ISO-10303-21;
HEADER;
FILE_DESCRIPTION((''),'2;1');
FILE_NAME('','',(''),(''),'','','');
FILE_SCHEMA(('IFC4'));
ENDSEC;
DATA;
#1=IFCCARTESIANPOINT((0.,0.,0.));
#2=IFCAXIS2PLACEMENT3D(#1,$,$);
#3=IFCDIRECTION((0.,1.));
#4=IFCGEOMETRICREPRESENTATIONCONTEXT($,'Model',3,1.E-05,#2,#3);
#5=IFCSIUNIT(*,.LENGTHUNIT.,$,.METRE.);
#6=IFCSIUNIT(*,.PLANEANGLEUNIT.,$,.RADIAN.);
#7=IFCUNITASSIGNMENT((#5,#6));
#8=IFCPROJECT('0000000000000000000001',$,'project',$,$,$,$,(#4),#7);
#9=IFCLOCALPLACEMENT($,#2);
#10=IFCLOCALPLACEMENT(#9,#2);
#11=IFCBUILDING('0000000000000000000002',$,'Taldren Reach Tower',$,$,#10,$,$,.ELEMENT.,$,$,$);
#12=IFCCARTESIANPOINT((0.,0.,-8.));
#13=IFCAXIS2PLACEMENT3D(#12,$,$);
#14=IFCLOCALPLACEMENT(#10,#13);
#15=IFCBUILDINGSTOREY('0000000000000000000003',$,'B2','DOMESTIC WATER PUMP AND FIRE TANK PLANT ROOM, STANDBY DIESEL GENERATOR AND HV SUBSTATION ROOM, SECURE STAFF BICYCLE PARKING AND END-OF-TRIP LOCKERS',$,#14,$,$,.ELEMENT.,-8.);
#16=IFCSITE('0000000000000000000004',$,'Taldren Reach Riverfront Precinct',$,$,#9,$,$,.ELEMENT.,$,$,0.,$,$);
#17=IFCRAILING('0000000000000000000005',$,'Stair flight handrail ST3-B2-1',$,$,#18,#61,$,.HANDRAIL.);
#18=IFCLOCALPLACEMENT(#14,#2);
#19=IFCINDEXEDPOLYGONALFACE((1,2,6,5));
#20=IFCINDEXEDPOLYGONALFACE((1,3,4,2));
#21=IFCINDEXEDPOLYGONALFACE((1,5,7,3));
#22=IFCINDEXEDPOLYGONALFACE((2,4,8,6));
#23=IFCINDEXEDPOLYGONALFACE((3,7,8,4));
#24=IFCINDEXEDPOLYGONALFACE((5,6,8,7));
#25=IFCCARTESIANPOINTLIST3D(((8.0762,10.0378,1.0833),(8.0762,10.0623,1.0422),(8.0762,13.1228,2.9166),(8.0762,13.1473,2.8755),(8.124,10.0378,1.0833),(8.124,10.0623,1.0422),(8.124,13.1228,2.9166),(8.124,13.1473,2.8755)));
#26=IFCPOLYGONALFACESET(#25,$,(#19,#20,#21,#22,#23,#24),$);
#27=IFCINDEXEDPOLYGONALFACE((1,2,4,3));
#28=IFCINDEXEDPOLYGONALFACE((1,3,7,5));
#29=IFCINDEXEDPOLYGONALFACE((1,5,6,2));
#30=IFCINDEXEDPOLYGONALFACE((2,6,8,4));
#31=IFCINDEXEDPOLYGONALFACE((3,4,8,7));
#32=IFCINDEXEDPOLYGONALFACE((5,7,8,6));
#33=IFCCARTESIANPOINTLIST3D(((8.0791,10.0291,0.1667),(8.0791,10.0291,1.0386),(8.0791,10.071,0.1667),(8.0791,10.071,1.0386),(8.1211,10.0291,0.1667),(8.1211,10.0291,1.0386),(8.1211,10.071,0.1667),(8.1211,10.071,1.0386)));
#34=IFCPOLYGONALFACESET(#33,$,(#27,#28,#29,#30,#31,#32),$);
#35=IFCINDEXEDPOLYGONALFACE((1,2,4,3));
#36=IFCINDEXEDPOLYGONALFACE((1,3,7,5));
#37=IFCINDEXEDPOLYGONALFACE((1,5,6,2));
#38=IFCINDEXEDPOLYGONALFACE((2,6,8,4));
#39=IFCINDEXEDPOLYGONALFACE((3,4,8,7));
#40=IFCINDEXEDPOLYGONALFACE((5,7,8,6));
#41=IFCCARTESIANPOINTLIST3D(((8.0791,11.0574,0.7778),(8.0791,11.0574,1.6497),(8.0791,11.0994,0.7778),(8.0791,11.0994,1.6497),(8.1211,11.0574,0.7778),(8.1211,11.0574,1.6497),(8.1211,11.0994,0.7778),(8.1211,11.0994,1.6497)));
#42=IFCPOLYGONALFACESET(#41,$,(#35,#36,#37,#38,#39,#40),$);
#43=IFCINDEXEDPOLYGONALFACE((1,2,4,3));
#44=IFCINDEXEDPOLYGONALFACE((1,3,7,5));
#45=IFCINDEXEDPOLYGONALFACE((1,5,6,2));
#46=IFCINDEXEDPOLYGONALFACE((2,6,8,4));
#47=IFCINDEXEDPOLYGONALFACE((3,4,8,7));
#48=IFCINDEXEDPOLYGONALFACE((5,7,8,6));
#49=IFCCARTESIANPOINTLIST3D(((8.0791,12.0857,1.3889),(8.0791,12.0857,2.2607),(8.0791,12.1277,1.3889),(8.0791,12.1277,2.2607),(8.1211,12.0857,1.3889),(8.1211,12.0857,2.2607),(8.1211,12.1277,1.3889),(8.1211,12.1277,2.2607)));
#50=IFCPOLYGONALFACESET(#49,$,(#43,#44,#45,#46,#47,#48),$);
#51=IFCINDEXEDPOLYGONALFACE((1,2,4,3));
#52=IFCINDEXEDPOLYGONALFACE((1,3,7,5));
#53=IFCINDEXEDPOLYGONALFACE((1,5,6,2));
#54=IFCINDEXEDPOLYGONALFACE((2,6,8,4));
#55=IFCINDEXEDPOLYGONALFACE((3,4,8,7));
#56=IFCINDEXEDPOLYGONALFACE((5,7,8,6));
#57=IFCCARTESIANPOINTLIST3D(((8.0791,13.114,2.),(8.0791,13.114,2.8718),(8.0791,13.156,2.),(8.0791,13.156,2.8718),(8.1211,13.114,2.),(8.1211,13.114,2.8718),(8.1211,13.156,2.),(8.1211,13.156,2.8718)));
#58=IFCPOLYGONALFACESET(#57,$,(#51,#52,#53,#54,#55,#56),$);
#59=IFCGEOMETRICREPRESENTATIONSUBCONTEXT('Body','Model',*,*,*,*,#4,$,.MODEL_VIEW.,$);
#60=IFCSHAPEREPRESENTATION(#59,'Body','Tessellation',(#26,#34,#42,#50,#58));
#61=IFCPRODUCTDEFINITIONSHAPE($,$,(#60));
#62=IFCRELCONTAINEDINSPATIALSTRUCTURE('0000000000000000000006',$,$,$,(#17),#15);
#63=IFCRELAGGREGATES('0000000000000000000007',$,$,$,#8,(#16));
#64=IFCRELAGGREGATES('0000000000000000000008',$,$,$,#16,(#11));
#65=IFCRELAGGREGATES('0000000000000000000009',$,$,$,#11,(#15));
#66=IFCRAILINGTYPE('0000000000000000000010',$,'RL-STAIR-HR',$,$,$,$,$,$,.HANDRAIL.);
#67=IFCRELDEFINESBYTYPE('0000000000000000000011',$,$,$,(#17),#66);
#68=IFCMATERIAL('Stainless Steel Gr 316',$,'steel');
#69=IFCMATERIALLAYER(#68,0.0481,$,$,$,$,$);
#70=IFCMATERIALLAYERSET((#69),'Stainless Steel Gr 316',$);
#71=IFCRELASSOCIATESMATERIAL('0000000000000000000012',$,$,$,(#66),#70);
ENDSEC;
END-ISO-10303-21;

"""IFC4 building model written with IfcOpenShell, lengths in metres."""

from ifc_helpers import new_model, si_unit, direction, frame, origin, origin_2d, place, context, subcontext, project, spatial, rectangle, extrude, material, layer, layer_set, type_object, element, save


model = new_model("IFC4")

# Units and contexts
model_context = context("Model", 3, precision=1e-05, world=origin(), true_north=direction((0.0, 1.0)))
body_context = subcontext(model_context, "Body", "Model", "MODEL_VIEW")
ifc_project = project(units=[si_unit("LENGTHUNIT", "METRE"), si_unit("PLANEANGLEUNIT", "RADIAN")], contexts=[model_context])

# Site, building, storey
site_placement = place(None, origin())
site = spatial("IfcSite", under=ifc_project, at=site_placement, Name="Taldren Reach Riverfront Precinct", CompositionType="ELEMENT", RefElevation=0.0)
building_placement = place(site_placement, origin())
building = spatial("IfcBuilding", under=site, at=building_placement, Name="Taldren Reach Tower", CompositionType="ELEMENT")
storey_placement = place(building_placement, frame((0.0, 0.0, -8.0)))
storey = spatial("IfcBuildingStorey", under=building, at=storey_placement, Name="B2", Description="DOMESTIC WATER PUMP AND FIRE TANK PLANT ROOM, STANDBY DIESEL GENERATOR AND HV SUBSTATION ROOM, SECURE STAFF BICYCLE PARKING AND END-OF-TRIP LOCKERS", CompositionType="ELEMENT", Elevation=-8.0)

# Railing
ifc_material_1 = material(Name="Stainless Steel Gr 316", Category="steel")
ifc_layer_1 = layer(ifc_material_1, 0.0481)
ifc_layer_set_1 = layer_set([ifc_layer_1], Name="Stainless Steel Gr 316")
railing_type_1 = type_object("IfcRailingType", Name="RL-STAIR-HR", PredefinedType="HANDRAIL", material=ifc_layer_set_1)
railing_1_placement = place(storey_placement, frame((8.1001, 10.05, 0.1667)))
element("IfcRailing", 1, at=railing_1_placement, inside=storey, type_object=railing_type_1, Name="Stair flight handrail ST3-B2-1", PredefinedType="HANDRAIL", context=body_context, shape_type="SweptSolid", body=[
    extrude(rectangle(XDim=0.0479, YDim=0.0479, at=origin_2d()), frame((0.0, 0.0, 0.896), z_axis=(0.0, 0.859664, 0.510859), x_axis=(-1.0, 0.0, 0.0)), (0.0, 0.0, 1.0), 3.5886),
    extrude(rectangle(XDim=0.042, YDim=0.042, at=origin_2d()), origin(), (0.0, 0.0, 1.0), 0.8718),
    extrude(rectangle(XDim=0.042, YDim=0.042, at=origin_2d()), frame((0.0, 1.0283, 0.6111)), (0.0, 0.0, 1.0), 0.8718),
    extrude(rectangle(XDim=0.042, YDim=0.042, at=origin_2d()), frame((0.0, 2.0566, 1.2222)), (0.0, 0.0, 1.0), 0.8718),
    extrude(rectangle(XDim=0.042, YDim=0.042, at=origin_2d()), frame((0.0, 3.085, 1.8333)), (0.0, 0.0, 1.0), 0.8718),
])

save(model, "model.ifc")
